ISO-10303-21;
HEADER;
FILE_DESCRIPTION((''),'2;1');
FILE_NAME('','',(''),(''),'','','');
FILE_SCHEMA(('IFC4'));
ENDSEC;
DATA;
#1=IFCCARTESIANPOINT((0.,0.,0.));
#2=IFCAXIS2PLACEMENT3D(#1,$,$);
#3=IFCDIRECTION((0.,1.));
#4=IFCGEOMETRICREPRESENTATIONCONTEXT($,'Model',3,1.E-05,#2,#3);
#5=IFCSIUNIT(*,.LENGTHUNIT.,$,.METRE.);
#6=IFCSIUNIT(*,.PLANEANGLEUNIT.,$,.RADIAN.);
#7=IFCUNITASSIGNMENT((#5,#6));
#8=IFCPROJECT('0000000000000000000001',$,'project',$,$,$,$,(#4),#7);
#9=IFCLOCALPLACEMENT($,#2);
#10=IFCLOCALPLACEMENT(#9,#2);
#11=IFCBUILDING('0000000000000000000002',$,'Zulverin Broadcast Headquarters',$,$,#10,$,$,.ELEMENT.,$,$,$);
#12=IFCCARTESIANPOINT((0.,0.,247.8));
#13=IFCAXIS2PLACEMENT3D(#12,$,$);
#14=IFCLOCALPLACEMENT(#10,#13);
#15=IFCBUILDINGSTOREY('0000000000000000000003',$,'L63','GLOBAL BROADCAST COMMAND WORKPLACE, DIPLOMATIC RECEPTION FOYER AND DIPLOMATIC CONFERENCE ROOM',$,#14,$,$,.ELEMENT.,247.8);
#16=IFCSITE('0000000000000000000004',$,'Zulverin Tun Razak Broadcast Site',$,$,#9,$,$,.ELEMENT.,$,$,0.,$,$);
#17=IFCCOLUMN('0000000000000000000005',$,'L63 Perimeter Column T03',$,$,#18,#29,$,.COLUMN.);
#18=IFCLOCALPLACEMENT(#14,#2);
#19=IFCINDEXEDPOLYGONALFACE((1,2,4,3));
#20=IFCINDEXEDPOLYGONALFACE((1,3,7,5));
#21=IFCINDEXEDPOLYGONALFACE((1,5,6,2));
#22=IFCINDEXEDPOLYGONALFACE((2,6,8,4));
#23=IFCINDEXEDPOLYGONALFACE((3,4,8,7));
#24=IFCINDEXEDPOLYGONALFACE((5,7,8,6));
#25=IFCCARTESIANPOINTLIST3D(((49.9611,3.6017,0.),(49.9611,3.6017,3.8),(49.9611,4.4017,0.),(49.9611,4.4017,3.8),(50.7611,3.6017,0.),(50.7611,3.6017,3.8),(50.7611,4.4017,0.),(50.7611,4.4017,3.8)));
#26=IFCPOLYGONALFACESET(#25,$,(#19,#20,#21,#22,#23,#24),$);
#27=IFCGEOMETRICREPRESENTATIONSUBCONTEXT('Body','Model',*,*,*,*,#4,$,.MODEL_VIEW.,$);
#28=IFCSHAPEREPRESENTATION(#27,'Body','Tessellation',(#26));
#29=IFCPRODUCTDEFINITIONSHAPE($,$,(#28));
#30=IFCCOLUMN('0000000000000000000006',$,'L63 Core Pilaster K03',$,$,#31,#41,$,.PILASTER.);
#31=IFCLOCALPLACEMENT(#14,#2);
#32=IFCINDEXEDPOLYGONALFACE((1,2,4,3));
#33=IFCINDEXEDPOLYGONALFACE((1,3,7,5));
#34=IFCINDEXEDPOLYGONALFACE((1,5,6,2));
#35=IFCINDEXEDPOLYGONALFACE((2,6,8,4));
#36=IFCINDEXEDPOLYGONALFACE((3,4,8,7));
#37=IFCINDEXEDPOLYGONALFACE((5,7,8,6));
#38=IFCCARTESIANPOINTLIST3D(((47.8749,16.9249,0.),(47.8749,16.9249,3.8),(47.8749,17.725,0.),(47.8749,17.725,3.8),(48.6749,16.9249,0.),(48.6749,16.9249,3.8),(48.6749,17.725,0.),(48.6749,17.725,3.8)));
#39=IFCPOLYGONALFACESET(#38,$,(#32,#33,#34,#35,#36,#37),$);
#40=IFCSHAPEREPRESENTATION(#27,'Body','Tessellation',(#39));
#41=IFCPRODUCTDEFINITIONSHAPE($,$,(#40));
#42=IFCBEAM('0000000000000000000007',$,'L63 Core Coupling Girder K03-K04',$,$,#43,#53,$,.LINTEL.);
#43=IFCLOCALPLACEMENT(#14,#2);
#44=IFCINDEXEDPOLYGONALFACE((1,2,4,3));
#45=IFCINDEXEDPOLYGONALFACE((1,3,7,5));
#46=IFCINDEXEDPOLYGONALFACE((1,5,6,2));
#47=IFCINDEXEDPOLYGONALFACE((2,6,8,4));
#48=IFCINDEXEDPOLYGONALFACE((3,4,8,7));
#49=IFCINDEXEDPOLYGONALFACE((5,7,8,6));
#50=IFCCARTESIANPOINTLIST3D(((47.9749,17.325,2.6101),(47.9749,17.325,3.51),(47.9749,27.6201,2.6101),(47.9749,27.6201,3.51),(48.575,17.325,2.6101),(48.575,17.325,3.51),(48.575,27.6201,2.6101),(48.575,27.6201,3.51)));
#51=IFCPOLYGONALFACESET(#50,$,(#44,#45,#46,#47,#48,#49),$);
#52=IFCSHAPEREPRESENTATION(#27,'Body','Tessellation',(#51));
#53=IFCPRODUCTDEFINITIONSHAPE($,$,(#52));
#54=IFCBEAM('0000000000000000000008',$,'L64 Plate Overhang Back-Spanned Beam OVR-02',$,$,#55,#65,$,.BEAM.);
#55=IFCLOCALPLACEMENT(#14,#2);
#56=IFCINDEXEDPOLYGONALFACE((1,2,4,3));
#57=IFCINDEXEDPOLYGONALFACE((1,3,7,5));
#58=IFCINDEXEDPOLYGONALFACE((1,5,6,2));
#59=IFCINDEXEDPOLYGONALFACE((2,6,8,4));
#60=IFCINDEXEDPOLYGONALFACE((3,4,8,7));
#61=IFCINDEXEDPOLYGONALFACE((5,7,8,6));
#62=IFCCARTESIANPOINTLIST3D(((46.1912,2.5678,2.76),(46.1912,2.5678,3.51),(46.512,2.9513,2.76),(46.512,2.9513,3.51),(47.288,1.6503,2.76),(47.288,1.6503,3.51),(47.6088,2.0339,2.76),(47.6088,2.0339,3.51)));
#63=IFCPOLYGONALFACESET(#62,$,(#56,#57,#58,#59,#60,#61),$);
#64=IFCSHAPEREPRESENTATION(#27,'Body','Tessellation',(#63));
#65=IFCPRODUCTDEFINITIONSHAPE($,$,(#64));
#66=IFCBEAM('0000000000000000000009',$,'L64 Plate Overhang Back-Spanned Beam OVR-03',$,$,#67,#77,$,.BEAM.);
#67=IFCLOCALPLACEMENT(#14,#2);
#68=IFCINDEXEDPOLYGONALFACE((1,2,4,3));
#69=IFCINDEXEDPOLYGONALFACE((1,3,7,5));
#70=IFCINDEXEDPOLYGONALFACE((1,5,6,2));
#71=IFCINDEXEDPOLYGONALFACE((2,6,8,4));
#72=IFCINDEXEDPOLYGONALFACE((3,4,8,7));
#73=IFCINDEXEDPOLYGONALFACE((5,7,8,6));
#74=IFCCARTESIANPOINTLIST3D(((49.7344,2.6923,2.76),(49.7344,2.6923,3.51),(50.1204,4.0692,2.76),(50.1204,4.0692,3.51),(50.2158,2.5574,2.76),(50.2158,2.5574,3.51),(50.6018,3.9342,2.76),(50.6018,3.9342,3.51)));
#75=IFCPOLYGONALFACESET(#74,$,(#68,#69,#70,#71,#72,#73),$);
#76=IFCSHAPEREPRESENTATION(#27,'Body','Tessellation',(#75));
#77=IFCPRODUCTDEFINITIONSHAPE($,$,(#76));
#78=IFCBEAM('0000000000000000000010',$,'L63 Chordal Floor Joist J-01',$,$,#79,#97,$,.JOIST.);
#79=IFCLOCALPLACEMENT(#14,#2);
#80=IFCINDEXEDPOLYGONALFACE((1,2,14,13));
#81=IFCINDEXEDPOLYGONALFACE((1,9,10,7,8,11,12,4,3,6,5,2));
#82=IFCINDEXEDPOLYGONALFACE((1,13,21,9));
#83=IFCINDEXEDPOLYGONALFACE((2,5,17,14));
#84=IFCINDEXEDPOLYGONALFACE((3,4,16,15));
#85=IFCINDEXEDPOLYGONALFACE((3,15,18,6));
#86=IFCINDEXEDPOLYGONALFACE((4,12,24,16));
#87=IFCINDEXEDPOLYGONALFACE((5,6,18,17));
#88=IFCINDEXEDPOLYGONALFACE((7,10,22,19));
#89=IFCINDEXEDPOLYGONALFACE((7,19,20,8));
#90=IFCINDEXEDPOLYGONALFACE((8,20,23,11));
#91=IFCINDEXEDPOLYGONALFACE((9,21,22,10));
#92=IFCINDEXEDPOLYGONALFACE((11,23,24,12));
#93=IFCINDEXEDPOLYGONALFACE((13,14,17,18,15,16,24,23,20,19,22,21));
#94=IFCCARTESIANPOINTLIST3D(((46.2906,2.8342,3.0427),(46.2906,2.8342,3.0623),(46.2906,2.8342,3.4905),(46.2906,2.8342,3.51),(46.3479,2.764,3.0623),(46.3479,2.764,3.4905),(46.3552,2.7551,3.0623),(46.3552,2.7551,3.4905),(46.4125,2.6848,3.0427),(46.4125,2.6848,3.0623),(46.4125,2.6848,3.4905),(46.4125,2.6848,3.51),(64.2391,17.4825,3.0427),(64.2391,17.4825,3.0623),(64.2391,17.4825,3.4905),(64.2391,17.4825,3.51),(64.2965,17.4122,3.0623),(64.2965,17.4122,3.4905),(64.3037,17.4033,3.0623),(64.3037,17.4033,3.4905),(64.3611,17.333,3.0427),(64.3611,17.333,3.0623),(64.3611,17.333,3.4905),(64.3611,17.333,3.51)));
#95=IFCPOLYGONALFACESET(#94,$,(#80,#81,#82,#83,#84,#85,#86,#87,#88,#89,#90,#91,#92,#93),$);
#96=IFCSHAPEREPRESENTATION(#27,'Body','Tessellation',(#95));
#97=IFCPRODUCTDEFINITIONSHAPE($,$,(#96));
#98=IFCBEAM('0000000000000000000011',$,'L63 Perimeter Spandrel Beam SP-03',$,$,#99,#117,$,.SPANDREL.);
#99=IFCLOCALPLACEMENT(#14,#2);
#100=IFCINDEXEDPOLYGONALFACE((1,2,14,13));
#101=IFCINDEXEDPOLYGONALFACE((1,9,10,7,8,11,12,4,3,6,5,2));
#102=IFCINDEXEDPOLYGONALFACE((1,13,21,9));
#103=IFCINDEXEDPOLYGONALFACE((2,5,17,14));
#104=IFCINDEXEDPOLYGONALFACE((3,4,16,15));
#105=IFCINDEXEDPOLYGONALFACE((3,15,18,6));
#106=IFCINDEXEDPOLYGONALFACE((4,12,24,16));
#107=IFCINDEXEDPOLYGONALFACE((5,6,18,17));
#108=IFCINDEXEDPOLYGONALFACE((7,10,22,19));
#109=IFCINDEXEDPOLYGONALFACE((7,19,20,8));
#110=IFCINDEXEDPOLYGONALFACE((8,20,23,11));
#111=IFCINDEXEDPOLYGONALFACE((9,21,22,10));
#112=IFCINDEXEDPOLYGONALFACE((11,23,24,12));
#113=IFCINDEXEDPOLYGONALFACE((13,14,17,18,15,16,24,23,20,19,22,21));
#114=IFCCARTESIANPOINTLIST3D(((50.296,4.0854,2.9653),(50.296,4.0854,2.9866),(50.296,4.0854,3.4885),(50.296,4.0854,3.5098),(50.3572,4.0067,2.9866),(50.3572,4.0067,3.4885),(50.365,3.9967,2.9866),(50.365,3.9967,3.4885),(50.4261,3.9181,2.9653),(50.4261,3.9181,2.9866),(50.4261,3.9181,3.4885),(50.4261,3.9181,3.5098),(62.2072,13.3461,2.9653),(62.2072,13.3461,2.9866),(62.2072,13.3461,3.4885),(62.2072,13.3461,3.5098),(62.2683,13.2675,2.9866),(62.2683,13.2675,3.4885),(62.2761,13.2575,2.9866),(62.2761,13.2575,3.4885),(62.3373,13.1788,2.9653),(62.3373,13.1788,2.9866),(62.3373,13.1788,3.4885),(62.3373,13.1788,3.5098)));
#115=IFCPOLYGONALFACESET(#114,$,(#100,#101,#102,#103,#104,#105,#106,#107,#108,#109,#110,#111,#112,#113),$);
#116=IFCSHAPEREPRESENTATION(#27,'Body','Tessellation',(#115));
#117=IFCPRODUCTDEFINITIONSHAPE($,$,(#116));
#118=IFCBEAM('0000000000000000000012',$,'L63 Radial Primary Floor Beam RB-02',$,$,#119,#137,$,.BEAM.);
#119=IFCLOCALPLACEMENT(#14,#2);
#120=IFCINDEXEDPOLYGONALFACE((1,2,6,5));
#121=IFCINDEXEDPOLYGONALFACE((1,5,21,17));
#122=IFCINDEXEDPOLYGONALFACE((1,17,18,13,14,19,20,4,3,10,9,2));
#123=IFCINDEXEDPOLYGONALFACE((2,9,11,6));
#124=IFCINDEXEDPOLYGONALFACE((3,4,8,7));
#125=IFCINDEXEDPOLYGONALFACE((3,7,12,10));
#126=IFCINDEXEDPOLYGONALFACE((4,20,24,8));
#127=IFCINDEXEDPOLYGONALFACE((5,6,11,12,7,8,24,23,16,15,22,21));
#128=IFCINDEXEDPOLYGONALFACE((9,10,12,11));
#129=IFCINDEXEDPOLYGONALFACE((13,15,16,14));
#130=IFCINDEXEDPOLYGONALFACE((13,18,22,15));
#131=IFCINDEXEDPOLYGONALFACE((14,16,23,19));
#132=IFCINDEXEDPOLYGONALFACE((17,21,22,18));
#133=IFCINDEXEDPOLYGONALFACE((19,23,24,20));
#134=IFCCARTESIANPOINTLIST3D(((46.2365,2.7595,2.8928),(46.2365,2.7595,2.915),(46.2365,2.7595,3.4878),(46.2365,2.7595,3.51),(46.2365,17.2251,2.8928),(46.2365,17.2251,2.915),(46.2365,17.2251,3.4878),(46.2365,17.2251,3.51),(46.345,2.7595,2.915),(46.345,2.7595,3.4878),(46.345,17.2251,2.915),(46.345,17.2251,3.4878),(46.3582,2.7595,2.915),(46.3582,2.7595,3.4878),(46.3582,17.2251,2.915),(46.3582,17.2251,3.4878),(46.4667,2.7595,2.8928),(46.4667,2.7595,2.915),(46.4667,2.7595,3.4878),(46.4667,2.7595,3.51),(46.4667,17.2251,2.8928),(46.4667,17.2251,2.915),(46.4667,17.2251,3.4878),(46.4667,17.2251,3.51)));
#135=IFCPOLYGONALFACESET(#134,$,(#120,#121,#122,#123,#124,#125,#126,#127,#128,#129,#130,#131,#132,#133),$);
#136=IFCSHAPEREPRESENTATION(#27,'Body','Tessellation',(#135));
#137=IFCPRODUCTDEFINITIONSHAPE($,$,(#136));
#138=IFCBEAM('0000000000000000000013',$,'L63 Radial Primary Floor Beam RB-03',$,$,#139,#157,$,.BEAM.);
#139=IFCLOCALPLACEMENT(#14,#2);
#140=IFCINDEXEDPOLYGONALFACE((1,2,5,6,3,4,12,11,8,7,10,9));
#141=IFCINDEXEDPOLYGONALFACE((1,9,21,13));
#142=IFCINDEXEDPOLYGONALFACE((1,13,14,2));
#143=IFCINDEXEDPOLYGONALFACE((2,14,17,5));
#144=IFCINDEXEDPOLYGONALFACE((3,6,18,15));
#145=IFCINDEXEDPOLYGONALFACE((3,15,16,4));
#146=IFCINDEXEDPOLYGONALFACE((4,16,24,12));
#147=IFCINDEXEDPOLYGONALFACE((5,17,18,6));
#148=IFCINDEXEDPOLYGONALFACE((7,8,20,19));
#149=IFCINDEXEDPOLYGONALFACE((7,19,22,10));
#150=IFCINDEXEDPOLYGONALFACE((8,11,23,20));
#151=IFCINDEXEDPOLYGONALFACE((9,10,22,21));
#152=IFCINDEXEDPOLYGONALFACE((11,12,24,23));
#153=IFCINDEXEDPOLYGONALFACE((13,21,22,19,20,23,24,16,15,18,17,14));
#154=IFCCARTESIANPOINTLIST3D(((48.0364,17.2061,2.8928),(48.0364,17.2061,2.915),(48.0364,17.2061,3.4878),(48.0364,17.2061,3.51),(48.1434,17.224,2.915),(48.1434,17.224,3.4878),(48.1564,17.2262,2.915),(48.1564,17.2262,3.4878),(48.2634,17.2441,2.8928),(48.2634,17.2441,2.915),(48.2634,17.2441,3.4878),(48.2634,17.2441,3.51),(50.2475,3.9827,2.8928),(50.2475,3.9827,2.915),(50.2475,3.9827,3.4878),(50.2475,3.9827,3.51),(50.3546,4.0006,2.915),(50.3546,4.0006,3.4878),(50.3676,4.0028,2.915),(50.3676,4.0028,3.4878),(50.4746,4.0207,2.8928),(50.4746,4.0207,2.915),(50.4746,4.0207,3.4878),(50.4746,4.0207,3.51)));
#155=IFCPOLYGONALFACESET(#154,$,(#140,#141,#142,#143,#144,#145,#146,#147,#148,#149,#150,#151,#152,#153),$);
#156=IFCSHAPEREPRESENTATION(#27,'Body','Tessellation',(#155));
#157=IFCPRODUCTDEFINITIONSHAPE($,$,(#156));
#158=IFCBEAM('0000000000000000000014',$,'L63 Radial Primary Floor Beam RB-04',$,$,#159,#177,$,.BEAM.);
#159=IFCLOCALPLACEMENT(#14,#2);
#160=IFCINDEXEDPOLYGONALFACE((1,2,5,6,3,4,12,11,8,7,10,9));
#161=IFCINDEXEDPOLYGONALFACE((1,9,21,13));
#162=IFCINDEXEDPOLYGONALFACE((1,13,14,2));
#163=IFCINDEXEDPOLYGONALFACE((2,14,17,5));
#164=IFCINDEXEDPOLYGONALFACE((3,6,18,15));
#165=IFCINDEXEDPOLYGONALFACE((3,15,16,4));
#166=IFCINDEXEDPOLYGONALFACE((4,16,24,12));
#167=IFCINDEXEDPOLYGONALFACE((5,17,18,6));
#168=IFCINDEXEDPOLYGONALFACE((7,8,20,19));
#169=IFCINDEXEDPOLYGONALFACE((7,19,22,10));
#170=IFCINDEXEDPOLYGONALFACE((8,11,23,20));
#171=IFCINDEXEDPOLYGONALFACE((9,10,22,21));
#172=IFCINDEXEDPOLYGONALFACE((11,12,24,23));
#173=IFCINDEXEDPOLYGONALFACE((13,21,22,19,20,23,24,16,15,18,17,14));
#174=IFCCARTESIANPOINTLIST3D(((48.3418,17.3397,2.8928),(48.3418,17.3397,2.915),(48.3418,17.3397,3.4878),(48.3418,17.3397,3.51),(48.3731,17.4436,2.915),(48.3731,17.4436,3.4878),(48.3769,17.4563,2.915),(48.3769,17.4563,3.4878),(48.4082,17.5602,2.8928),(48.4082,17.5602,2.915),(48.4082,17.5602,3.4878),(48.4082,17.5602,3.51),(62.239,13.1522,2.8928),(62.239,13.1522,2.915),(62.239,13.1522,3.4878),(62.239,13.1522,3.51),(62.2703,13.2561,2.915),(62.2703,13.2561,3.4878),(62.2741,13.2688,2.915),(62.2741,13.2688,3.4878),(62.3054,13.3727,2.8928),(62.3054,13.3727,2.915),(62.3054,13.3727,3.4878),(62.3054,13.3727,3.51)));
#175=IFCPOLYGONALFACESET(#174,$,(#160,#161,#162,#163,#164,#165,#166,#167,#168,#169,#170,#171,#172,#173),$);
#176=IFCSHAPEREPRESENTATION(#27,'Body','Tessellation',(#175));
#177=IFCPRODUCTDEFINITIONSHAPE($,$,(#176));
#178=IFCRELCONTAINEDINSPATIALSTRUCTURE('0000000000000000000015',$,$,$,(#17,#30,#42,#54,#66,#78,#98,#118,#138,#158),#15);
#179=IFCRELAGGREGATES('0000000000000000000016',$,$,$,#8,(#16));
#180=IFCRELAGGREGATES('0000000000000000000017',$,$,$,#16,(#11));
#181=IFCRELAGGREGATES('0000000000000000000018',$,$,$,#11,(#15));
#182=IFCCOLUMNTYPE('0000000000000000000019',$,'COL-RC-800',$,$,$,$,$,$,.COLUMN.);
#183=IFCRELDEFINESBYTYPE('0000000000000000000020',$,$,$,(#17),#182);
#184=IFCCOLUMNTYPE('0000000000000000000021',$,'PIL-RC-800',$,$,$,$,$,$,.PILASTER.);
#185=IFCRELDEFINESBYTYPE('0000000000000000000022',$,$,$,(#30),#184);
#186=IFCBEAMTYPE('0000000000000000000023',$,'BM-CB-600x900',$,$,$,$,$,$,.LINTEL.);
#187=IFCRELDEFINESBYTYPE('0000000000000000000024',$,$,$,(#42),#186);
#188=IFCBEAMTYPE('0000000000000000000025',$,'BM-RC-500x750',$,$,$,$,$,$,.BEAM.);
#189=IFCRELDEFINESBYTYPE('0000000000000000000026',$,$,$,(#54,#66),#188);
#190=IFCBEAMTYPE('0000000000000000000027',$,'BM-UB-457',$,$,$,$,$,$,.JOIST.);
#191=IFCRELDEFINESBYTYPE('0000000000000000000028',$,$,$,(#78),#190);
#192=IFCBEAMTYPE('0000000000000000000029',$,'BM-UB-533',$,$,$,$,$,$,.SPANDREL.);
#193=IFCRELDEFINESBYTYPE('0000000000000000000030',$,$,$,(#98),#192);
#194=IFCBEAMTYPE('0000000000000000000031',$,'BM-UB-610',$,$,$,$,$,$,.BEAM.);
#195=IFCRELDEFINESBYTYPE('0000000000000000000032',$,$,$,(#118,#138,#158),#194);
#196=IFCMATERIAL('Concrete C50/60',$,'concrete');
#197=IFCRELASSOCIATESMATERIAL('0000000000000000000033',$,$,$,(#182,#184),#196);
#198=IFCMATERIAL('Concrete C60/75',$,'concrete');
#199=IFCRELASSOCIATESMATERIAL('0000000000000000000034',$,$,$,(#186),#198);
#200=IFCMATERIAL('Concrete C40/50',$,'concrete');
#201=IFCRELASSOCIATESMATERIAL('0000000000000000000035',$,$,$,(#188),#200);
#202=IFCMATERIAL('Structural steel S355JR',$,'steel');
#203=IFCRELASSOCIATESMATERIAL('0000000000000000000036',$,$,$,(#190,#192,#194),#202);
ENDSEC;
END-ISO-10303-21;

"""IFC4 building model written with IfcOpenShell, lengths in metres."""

from ifc_helpers import new_model, si_unit, direction, frame, origin, origin_2d, place, context, subcontext, project, spatial, rectangle, i_section, extrude, material, material_profile, profile_set, type_object, element, save


model = new_model("IFC4")

# Units and contexts
model_context = context("Model", 3, precision=1e-05, world=origin(), true_north=direction((0.0, 1.0)))
body_context = subcontext(model_context, "Body", "Model", "MODEL_VIEW")
ifc_project = project(units=[si_unit("LENGTHUNIT", "METRE"), si_unit("PLANEANGLEUNIT", "RADIAN")], contexts=[model_context])

# Site, building, storey
site_placement = place(None, origin())
site = spatial("IfcSite", under=ifc_project, at=site_placement, Name="Zulverin Tun Razak Broadcast Site", CompositionType="ELEMENT", RefElevation=0.0)
building_placement = place(site_placement, origin())
building = spatial("IfcBuilding", under=site, at=building_placement, Name="Zulverin Broadcast Headquarters", CompositionType="ELEMENT")
storey_placement = place(building_placement, frame((0.0, 0.0, 247.8)))
storey = spatial("IfcBuildingStorey", under=building, at=storey_placement, Name="L63", Description="GLOBAL BROADCAST COMMAND WORKPLACE, DIPLOMATIC RECEPTION FOYER AND DIPLOMATIC CONFERENCE ROOM", CompositionType="ELEMENT", Elevation=247.8)

# Columns
ifc_material_1 = material(Name="Concrete C50/60", Category="concrete")
ifc_material_profile_1 = material_profile(ifc_material_1, rectangle(XDim=0.8, YDim=0.8, at=origin_2d()), Name="Concrete C50/60", Category="concrete")
ifc_profile_set_1 = profile_set([ifc_material_profile_1], Name="Concrete C50/60")
column_type_1 = type_object("IfcColumnType", Name="COL-RC-800", PredefinedType="COLUMN", material=ifc_profile_set_1)
column_1_placement = place(storey_placement, frame((50.3611, 4.0017, 0.0), z_axis=(0.0, 0.0, 1.0), x_axis=(1.0, 0.0, 0.0)))
element("IfcColumn", 1, at=column_1_placement, inside=storey, type_object=column_type_1, Name="L63 Perimeter Column T03", PredefinedType="COLUMN", context=body_context, shape_type="SweptSolid", body=[
    extrude(rectangle(XDim=0.8, YDim=0.8, at=origin_2d()), origin(), (0.0, 0.0, 1.0), 3.8),
])
ifc_material_profile_2 = material_profile(ifc_material_1, rectangle(XDim=0.8, YDim=0.8, at=origin_2d()), Name="Concrete C50/60", Category="concrete")
ifc_profile_set_2 = profile_set([ifc_material_profile_2], Name="Concrete C50/60")
column_type_2 = type_object("IfcColumnType", Name="PIL-RC-800", PredefinedType="PILASTER", material=ifc_profile_set_2)
column_2_placement = place(storey_placement, frame((48.2749, 17.325, 0.0), z_axis=(0.0, 0.0, 1.0), x_axis=(1.0, 0.0, 0.0)))
element("IfcColumn", 2, at=column_2_placement, inside=storey, type_object=column_type_2, Name="L63 Core Pilaster K03", PredefinedType="PILASTER", context=body_context, shape_type="SweptSolid", body=[
    extrude(rectangle(XDim=0.8, YDim=0.8, at=origin_2d()), origin(), (0.0, 0.0, 1.0), 3.8),
])

# Beams
ifc_material_2 = material(Name="Concrete C60/75", Category="concrete")
ifc_material_profile_3 = material_profile(ifc_material_2, rectangle(XDim=0.6001, YDim=0.8999, at=origin_2d()), Name="Concrete C60/75", Category="concrete")
ifc_profile_set_3 = profile_set([ifc_material_profile_3], Name="Concrete C60/75")
beam_type_1 = type_object("IfcBeamType", Name="BM-CB-600x900", PredefinedType="LINTEL", material=ifc_profile_set_3)
beam_1_placement = place(storey_placement, frame((48.2749, 17.325, 3.0601), z_axis=(0.0, 1.0, 0.0), x_axis=(-1.0, 0.0, 0.0)))
element("IfcBeam", 3, at=beam_1_placement, inside=storey, type_object=beam_type_1, Name="L63 Core Coupling Girder K03-K04", PredefinedType="LINTEL", context=body_context, shape_type="SweptSolid", body=[
    extrude(rectangle(XDim=0.6001, YDim=0.8999, at=origin_2d()), origin(), (0.0, 0.0, 1.0), 10.2952),
])
ifc_material_3 = material(Name="Concrete C40/50", Category="concrete")
ifc_material_profile_4 = material_profile(ifc_material_3, rectangle(XDim=0.5, YDim=0.75, at=origin_2d()), Name="Concrete C40/50", Category="concrete")
ifc_profile_set_4 = profile_set([ifc_material_profile_4], Name="Concrete C40/50")
beam_type_2 = type_object("IfcBeamType", Name="BM-RC-500x750", PredefinedType="BEAM", material=ifc_profile_set_4)
for number, where, z_axis, x_axis, name in (
    (4, (46.3516, 2.7595, 3.135), (0.767059, -0.641577, 0.0), (0.641577, 0.767059, 0.0), "L64 Plate Overhang Back-Spanned Beam OVR-02"),
    (5, (50.3611, 4.0017, 3.135), (-0.269915, -0.962884, 0.0), (0.962884, -0.269915, 0.0), "L64 Plate Overhang Back-Spanned Beam OVR-03"),
):
    element("IfcBeam", number, at=place(storey_placement, frame(where, z_axis=z_axis, x_axis=x_axis)), inside=storey, type_object=beam_type_2, Name=name, PredefinedType="BEAM", context=body_context, shape_type="SweptSolid", body=[
        extrude(rectangle(XDim=0.5, YDim=0.75, at=origin_2d()), origin(), (0.0, 0.0, 1.0), 1.4299),
    ])
ifc_material_4 = material(Name="Structural steel S355JR", Category="steel")
ifc_material_profile_5 = material_profile(ifc_material_4, i_section(OverallWidth=0.1929, OverallDepth=0.4673, WebThickness=0.0115, FlangeThickness=0.0195, at=origin_2d()), Name="Structural steel S355JR", Category="steel")
ifc_profile_set_5 = profile_set([ifc_material_profile_5], Name="Structural steel S355JR")
beam_type_3 = type_object("IfcBeamType", Name="BM-UB-457", PredefinedType="JOIST", material=ifc_profile_set_5)
beam_2_placement = place(storey_placement, frame((46.3516, 2.7595, 3.2764), z_axis=(0.774738, 0.632282, 0.0), x_axis=(-0.632282, 0.774738, 0.0)))
element("IfcBeam", 6, at=beam_2_placement, inside=storey, type_object=beam_type_3, Name="L63 Chordal Floor Joist J-01", PredefinedType="JOIST", context=body_context, shape_type="SweptSolid", body=[
    extrude(i_section(OverallWidth=0.1929, OverallDepth=0.4673, WebThickness=0.0115, FlangeThickness=0.0195, at=origin_2d()), origin(), (0.0, 0.0, 1.0), 23.1672),
])
ifc_material_profile_6 = material_profile(ifc_material_4, i_section(OverallWidth=0.2119, OverallDepth=0.5444, WebThickness=0.0127, FlangeThickness=0.0212, at=origin_2d()), Name="Structural steel S355JR", Category="steel")
ifc_profile_set_6 = profile_set([ifc_material_profile_6], Name="Structural steel S355JR")
beam_type_4 = type_object("IfcBeamType", Name="BM-UB-533", PredefinedType="SPANDREL", material=ifc_profile_set_6)
beam_3_placement = place(storey_placement, frame((50.3611, 4.0017, 3.2375), z_axis=(0.789464, 0.613797, 0.0), x_axis=(-0.613797, 0.789464, 0.0)))
element("IfcBeam", 7, at=beam_3_placement, inside=storey, type_object=beam_type_4, Name="L63 Perimeter Spandrel Beam SP-03", PredefinedType="SPANDREL", context=body_context, shape_type="SweptSolid", body=[
    extrude(i_section(OverallWidth=0.2119, OverallDepth=0.5444, WebThickness=0.0127, FlangeThickness=0.0212, at=origin_2d()), origin(), (0.0, 0.0, 1.0), 15.0876),
])
ifc_material_profile_7 = material_profile(ifc_material_4, i_section(OverallWidth=0.2302, OverallDepth=0.6172, WebThickness=0.0132, FlangeThickness=0.0222, at=origin_2d()), Name="Structural steel S355JR", Category="steel")
ifc_profile_set_7 = profile_set([ifc_material_profile_7], Name="Structural steel S355JR")
beam_type_5 = type_object("IfcBeamType", Name="BM-UB-610", PredefinedType="BEAM", material=ifc_profile_set_7)
beam_4_placement = place(storey_placement, frame((46.3516, 17.2251, 3.2014), z_axis=(0.0, -1.0, 0.0), x_axis=(1.0, 0.0, 0.0)))
element("IfcBeam", 8, at=beam_4_placement, inside=storey, type_object=beam_type_5, Name="L63 Radial Primary Floor Beam RB-02", PredefinedType="BEAM", context=body_context, shape_type="SweptSolid", body=[
    extrude(i_section(OverallWidth=0.2302, OverallDepth=0.6172, WebThickness=0.0132, FlangeThickness=0.0222, at=origin_2d()), origin(), (0.0, 0.0, 1.0), 14.4656),
])
beam_5_placement = place(storey_placement, frame((48.1499, 17.2251, 3.2014), z_axis=(0.164928, -0.986306, 0.0), x_axis=(0.986306, 0.164928, 0.0)))
element("IfcBeam", 9, at=beam_5_placement, inside=storey, type_object=beam_type_5, Name="L63 Radial Primary Floor Beam RB-03", PredefinedType="BEAM", context=body_context, shape_type="SweptSolid", body=[
    extrude(i_section(OverallWidth=0.2302, OverallDepth=0.6172, WebThickness=0.0132, FlangeThickness=0.0222, at=origin_2d()), origin(), (0.0, 0.0, 1.0), 13.407),
])
beam_6_placement = place(storey_placement, frame((48.375, 17.45, 3.2014), z_axis=(0.957478, -0.288507, 0.0), x_axis=(0.288507, 0.957478, 0.0)))
element("IfcBeam", 10, at=beam_6_placement, inside=storey, type_object=beam_type_5, Name="L63 Radial Primary Floor Beam RB-04", PredefinedType="BEAM", context=body_context, shape_type="SweptSolid", body=[
    extrude(i_section(OverallWidth=0.2302, OverallDepth=0.6172, WebThickness=0.0132, FlangeThickness=0.0222, at=origin_2d()), origin(), (0.0, 0.0, 1.0), 14.5144),
])

save(model, "model.ifc")
